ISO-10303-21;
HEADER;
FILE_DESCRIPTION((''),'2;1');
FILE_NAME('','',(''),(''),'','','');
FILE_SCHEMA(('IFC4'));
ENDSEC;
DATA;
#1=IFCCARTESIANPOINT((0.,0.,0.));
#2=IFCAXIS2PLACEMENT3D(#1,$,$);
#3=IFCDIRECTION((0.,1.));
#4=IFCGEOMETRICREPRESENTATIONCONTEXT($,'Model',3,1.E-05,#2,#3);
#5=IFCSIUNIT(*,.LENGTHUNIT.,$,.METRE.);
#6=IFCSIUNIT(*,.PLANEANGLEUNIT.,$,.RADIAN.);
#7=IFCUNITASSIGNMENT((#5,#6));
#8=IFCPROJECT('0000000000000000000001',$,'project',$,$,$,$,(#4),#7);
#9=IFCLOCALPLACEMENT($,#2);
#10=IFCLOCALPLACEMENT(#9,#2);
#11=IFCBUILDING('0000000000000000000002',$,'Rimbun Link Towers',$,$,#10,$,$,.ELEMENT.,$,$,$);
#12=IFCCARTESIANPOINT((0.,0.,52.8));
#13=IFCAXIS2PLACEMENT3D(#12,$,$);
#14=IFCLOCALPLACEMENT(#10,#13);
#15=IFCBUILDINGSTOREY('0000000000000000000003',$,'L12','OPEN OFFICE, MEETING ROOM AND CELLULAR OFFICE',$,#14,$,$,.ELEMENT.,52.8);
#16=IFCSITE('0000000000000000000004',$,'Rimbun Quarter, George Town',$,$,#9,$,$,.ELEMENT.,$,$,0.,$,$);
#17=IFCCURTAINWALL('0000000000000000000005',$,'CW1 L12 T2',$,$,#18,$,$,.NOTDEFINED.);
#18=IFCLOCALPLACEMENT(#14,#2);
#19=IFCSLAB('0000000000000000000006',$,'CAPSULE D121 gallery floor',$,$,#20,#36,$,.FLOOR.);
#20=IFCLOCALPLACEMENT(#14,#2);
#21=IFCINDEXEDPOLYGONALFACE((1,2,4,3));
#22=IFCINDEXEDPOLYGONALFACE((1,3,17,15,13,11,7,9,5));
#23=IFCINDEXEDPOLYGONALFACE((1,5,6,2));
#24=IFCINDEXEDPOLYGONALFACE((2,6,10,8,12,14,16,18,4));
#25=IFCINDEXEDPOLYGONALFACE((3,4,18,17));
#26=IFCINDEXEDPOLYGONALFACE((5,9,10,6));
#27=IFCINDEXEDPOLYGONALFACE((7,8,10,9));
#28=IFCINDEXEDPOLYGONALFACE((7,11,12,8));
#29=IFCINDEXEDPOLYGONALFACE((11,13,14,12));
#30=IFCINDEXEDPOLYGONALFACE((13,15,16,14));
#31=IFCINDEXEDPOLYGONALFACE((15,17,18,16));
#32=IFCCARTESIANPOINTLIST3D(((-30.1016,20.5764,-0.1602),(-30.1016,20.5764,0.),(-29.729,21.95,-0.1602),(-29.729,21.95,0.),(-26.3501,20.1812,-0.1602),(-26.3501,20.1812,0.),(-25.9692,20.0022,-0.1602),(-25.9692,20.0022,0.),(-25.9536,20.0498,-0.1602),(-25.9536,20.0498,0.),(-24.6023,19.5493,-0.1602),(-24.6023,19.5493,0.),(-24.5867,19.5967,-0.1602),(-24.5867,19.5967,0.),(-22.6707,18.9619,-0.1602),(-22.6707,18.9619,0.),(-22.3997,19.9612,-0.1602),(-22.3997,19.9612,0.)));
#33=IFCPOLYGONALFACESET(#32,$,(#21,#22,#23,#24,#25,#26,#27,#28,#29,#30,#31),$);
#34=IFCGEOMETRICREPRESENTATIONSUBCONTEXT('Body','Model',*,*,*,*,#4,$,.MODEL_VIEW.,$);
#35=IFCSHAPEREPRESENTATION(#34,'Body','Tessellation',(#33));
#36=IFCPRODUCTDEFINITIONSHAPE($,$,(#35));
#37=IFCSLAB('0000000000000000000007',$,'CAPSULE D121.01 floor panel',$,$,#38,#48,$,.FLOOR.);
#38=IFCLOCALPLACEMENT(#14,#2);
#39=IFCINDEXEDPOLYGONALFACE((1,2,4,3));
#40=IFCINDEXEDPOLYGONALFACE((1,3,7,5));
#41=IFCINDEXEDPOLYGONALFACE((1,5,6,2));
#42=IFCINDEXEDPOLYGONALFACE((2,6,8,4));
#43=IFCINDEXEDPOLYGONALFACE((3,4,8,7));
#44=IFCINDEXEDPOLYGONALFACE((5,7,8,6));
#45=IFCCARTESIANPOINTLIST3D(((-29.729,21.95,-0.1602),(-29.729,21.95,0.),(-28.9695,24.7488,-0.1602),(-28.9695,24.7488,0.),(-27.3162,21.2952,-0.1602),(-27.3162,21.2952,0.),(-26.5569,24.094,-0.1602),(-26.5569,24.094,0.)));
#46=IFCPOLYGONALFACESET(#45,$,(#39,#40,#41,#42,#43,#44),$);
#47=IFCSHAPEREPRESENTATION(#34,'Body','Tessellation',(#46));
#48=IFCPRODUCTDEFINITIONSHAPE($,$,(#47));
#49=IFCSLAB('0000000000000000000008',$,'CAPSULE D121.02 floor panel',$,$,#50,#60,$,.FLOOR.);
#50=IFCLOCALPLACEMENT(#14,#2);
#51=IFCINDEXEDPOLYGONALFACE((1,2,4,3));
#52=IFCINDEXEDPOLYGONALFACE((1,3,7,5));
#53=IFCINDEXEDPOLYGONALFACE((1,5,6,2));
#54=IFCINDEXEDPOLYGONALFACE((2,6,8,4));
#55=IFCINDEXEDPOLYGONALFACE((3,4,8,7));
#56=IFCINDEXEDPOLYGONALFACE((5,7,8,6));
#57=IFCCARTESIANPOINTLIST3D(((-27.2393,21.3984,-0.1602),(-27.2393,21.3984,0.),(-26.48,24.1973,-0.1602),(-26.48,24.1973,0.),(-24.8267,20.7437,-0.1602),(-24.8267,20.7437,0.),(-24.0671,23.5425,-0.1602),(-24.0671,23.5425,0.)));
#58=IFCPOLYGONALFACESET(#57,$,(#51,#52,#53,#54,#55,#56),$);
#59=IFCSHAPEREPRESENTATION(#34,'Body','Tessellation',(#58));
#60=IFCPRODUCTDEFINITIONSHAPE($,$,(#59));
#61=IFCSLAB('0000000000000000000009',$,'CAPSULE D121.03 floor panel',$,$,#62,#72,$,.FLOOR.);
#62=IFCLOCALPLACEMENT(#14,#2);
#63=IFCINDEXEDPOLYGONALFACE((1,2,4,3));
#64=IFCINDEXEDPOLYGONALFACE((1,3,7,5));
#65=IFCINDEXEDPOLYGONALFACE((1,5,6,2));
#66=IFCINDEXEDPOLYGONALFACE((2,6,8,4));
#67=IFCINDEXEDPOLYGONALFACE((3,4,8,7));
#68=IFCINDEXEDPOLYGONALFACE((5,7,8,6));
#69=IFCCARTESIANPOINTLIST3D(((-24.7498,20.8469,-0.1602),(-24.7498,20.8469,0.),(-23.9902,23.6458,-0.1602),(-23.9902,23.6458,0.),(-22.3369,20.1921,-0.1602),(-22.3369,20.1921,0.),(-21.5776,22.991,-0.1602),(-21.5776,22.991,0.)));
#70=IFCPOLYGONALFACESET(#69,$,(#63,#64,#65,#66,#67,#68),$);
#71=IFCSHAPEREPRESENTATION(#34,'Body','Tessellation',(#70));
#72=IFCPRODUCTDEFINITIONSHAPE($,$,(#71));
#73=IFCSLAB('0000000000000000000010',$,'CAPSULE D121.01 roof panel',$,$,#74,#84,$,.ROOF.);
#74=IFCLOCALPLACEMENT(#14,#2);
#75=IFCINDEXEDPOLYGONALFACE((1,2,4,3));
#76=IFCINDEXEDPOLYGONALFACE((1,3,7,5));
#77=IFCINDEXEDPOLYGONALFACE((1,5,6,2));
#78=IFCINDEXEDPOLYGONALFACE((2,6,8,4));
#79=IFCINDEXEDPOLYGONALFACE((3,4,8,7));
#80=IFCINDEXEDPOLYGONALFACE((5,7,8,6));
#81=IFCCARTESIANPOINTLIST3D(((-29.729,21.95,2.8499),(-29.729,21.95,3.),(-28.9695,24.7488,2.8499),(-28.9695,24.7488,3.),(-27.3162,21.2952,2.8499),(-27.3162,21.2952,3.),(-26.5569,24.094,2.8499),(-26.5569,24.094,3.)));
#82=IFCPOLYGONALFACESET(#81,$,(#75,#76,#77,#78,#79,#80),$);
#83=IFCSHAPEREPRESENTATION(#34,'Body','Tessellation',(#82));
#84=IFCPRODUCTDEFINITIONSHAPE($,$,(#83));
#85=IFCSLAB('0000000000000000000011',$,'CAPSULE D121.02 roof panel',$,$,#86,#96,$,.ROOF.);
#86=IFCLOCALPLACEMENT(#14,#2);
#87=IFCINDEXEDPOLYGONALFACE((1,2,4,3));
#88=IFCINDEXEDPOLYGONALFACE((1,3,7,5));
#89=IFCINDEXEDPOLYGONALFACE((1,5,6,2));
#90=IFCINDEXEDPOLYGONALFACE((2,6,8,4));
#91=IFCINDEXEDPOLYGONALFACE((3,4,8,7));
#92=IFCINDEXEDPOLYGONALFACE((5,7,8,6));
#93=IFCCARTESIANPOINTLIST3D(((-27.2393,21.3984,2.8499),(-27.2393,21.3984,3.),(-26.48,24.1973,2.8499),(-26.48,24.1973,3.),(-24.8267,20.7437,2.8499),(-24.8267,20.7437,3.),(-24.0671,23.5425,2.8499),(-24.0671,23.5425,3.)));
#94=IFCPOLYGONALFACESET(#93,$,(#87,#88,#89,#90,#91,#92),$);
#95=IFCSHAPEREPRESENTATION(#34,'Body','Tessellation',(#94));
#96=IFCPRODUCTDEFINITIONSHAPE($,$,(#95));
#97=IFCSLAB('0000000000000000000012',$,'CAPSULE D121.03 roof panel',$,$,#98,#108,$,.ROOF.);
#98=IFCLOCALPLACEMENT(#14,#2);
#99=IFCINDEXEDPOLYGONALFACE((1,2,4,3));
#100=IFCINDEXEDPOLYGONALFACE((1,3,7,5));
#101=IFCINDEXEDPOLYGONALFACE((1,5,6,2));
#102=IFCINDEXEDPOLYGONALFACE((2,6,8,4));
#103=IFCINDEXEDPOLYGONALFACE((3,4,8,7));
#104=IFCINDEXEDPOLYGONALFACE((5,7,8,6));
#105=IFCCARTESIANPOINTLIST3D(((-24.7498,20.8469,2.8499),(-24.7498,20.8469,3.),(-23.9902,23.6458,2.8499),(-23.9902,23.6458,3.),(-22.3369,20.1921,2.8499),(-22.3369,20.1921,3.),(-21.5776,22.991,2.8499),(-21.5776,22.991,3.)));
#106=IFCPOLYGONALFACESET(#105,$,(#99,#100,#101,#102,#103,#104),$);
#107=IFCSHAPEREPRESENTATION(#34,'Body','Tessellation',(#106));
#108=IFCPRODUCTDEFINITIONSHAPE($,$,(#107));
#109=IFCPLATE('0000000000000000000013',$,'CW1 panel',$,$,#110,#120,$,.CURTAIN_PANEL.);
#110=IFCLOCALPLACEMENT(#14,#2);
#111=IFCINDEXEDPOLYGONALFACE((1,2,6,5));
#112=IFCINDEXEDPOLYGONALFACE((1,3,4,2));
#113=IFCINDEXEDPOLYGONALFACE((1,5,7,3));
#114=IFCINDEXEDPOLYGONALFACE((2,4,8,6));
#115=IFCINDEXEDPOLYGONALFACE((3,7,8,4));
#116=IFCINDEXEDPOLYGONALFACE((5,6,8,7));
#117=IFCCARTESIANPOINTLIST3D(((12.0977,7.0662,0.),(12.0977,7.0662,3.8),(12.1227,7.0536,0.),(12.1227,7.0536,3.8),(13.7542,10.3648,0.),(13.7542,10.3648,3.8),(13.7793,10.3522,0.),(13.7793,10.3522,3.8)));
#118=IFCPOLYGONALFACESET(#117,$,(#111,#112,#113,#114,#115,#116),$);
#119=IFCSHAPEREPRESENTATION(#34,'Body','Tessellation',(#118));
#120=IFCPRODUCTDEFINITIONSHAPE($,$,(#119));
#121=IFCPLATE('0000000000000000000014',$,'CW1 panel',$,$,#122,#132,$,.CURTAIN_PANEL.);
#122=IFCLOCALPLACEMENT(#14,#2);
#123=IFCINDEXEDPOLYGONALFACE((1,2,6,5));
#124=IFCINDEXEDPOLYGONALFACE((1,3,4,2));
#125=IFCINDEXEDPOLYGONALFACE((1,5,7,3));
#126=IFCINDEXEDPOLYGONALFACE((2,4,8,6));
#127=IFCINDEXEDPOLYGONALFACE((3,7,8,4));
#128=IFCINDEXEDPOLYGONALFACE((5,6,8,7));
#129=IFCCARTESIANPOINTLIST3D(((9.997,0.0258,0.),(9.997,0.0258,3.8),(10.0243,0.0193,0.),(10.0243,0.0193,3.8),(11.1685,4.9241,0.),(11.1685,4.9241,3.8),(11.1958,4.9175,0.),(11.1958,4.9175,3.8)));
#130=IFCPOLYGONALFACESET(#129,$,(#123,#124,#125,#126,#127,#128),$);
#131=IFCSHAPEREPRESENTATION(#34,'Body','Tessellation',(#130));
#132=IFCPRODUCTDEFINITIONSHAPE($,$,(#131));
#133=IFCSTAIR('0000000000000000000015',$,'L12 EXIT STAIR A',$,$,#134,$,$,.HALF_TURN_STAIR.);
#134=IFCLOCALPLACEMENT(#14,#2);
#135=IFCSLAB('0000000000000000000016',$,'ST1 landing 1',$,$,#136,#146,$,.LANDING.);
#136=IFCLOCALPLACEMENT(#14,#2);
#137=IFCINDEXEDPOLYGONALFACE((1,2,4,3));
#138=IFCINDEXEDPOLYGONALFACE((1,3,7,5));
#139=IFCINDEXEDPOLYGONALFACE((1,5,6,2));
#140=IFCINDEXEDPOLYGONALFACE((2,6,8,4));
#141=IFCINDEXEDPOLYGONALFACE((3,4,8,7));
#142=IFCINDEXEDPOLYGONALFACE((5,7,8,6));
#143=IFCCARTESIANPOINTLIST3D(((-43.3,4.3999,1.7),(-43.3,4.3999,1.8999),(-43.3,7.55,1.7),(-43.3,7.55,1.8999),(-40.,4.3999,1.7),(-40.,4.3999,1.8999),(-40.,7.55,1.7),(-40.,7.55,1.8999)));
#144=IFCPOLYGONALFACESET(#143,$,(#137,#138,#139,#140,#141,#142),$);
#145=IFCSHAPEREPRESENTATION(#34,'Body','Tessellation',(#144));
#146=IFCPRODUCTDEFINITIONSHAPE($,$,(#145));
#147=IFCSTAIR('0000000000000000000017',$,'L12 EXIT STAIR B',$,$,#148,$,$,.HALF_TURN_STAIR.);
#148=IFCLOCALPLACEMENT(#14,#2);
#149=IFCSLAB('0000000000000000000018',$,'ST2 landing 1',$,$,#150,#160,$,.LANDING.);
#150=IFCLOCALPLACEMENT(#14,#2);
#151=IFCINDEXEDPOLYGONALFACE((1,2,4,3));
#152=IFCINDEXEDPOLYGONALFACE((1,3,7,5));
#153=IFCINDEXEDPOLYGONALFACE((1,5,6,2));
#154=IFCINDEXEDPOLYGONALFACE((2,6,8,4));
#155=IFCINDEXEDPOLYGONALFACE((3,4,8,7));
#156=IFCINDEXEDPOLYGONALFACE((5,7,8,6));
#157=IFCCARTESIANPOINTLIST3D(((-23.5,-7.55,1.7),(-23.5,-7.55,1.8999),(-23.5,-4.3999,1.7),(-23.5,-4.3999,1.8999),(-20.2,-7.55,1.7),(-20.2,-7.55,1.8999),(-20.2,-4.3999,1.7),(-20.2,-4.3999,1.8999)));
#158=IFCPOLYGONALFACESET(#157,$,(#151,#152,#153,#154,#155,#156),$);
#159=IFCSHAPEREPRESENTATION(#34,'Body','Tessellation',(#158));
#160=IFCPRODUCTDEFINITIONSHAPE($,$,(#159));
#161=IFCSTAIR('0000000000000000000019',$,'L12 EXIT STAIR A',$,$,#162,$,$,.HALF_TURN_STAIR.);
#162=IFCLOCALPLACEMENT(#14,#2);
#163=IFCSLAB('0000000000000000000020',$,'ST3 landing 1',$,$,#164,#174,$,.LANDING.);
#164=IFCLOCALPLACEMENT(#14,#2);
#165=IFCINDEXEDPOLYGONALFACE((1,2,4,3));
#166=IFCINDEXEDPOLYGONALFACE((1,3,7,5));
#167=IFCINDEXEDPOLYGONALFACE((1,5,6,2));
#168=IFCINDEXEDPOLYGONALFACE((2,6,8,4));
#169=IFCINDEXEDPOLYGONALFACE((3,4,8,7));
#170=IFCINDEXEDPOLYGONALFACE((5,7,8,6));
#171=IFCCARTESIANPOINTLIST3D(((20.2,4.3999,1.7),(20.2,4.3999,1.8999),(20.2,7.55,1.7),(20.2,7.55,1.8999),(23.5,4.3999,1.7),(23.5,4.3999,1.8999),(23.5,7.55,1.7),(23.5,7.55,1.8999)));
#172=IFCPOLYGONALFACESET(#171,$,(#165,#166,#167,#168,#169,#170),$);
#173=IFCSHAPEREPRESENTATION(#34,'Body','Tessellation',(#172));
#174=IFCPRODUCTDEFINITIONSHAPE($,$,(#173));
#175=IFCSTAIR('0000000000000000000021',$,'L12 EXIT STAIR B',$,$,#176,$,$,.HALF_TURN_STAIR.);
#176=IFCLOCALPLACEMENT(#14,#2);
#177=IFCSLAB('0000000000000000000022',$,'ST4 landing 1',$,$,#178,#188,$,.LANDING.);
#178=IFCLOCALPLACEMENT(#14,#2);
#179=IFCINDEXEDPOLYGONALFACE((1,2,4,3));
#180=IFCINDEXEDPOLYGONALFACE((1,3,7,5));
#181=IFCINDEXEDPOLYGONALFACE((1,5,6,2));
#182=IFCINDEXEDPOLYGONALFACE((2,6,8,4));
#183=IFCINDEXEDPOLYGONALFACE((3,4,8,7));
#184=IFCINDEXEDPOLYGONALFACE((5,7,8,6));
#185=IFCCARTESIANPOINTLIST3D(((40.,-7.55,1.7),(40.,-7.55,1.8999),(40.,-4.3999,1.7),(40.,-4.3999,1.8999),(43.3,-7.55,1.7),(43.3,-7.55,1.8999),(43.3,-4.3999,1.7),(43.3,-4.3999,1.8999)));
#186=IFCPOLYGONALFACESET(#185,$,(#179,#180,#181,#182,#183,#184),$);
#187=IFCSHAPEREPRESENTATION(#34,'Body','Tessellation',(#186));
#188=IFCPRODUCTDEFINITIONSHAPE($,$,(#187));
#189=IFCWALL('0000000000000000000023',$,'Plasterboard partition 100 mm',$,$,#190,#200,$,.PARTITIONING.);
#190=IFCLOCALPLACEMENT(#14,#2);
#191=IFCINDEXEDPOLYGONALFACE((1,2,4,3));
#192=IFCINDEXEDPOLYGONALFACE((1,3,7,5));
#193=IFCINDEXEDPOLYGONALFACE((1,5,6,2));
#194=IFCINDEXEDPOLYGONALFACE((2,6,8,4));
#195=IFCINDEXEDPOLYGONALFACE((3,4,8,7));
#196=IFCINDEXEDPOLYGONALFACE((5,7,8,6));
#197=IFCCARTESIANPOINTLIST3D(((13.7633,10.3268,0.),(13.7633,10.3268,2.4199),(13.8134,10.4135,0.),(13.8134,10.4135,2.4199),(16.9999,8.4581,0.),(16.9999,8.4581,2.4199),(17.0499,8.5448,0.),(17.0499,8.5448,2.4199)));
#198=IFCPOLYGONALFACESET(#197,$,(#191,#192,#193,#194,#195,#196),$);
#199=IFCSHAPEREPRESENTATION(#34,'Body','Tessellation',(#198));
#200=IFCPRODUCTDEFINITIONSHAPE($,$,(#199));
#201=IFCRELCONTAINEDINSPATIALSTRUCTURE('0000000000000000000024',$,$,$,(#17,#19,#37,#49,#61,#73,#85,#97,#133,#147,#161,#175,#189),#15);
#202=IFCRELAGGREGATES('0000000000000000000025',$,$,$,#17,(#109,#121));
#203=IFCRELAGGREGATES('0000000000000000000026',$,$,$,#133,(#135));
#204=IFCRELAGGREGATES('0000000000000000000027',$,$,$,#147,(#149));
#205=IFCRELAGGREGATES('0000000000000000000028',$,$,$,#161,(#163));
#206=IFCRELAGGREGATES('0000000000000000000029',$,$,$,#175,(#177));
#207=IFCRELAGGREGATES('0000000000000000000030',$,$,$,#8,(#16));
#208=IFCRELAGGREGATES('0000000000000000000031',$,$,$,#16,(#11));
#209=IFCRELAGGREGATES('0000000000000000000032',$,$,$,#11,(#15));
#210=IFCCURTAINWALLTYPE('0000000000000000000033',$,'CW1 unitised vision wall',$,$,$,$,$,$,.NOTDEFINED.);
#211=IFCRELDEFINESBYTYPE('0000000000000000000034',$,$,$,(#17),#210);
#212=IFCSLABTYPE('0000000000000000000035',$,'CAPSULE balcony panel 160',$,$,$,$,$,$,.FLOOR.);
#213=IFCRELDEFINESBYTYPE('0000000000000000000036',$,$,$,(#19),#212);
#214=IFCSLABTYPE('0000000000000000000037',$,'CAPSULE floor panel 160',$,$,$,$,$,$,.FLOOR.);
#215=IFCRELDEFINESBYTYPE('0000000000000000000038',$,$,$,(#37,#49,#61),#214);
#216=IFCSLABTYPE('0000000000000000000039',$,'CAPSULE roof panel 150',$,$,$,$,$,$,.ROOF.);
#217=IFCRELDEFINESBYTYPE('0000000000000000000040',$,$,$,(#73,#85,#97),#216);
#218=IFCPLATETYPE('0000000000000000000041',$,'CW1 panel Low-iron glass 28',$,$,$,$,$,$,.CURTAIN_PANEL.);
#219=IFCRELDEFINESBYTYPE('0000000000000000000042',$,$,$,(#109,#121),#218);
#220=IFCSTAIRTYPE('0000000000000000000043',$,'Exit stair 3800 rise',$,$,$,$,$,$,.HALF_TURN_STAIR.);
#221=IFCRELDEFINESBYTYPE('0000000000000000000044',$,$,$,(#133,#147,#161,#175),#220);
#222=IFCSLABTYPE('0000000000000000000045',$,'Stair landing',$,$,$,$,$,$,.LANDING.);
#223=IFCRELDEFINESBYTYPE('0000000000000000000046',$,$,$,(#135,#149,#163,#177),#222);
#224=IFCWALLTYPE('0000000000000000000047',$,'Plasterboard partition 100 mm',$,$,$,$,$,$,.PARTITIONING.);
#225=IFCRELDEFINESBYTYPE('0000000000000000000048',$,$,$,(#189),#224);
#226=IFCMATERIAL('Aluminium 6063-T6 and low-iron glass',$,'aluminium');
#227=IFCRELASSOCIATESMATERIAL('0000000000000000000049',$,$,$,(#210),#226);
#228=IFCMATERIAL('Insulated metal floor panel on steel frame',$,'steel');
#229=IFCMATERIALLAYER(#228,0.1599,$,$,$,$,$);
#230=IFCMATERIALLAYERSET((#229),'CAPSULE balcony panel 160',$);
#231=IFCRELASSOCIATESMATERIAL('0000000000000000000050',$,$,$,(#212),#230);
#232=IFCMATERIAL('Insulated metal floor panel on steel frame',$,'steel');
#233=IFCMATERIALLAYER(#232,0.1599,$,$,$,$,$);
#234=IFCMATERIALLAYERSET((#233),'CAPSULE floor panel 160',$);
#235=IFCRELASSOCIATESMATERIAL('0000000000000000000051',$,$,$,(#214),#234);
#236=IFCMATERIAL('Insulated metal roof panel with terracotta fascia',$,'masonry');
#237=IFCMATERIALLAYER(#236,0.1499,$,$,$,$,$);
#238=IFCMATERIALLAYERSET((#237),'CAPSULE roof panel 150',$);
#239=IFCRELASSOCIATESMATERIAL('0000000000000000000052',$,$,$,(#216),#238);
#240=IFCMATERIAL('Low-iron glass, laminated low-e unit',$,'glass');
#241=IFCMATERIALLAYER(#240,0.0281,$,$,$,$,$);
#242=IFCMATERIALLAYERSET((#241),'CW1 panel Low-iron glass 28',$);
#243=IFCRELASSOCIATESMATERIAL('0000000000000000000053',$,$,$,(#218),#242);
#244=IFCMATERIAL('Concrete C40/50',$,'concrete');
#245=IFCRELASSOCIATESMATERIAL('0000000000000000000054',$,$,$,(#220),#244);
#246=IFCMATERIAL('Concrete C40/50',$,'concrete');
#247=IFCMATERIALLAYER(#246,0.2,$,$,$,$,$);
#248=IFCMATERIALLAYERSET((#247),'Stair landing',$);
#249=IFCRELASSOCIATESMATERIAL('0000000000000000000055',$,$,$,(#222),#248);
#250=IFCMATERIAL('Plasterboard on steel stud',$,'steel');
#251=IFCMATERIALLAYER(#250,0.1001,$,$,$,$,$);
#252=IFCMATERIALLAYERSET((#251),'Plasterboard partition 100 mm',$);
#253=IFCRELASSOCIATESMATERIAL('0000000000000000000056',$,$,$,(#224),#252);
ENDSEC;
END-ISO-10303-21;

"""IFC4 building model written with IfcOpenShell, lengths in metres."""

from ifc_helpers import new_model, si_unit, direction, frame, frame_2d, origin, origin_2d, place, context, subcontext, project, spatial, polyline, rectangle, outline, extrude, material, layer, layer_set, type_object, element, aggregate, save


model = new_model("IFC4")

# Units and contexts
model_context = context("Model", 3, precision=1e-05, world=origin(), true_north=direction((0.0, 1.0)))
body_context = subcontext(model_context, "Body", "Model", "MODEL_VIEW")
ifc_project = project(units=[si_unit("LENGTHUNIT", "METRE"), si_unit("PLANEANGLEUNIT", "RADIAN")], contexts=[model_context])

# Site, building, storey
site_placement = place(None, origin())
site = spatial("IfcSite", under=ifc_project, at=site_placement, Name="Rimbun Quarter, George Town", CompositionType="ELEMENT", RefElevation=0.0)
building_placement = place(site_placement, origin())
building = spatial("IfcBuilding", under=site, at=building_placement, Name="Rimbun Link Towers", CompositionType="ELEMENT")
storey_placement = place(building_placement, frame((0.0, 0.0, 52.8)))
storey = spatial("IfcBuildingStorey", under=building, at=storey_placement, Name="L12", Description="OPEN OFFICE, MEETING ROOM AND CELLULAR OFFICE", CompositionType="ELEMENT", Elevation=52.8)

# Curtain wall
ifc_material_1 = material(Name="Aluminium 6063-T6 and low-iron glass", Category="aluminium")
curtain_wall_type = type_object("IfcCurtainWallType", Name="CW1 unitised vision wall", PredefinedType="NOTDEFINED", material=ifc_material_1)
curtain_wall_placement = place(storey_placement, origin())
curtain_wall = element("IfcCurtainWall", 1, at=curtain_wall_placement, inside=storey, type_object=curtain_wall_type, Name="CW1 L12 T2", PredefinedType="NOTDEFINED")

# Slabs
ifc_material_2 = material(Name="Insulated metal floor panel on steel frame", Category="steel")
ifc_layer_1 = layer(ifc_material_2, 0.1599)
ifc_layer_set_1 = layer_set([ifc_layer_1], Name="CAPSULE balcony panel 160")
slab_type_1 = type_object("IfcSlabType", Name="CAPSULE balcony panel 160", PredefinedType="FLOOR", material=ifc_layer_set_1)
slab_1_placement = place(storey_placement, frame((0.0, 0.0, -0.1602)))
element("IfcSlab", 2, at=slab_1_placement, inside=storey, type_object=slab_type_1, Name="CAPSULE D121 gallery floor", PredefinedType="FLOOR", context=body_context, shape_type="SweptSolid", body=[
    extrude(outline(polyline([(-25.9536, 20.0498), (-25.9692, 20.0022), (-24.6023, 19.5493), (-24.5867, 19.5967), (-22.6707, 18.9619), (-22.3997, 19.9612), (-29.729, 21.95), (-30.1016, 20.5764), (-26.3501, 20.1812), (-25.9536, 20.0498)])), origin(), (0.0, 0.0, 1.0), 0.1602),
])
ifc_material_3 = material(Name="Insulated metal floor panel on steel frame", Category="steel")
ifc_layer_2 = layer(ifc_material_3, 0.1599)
ifc_layer_set_2 = layer_set([ifc_layer_2], Name="CAPSULE floor panel 160")
slab_type_2 = type_object("IfcSlabType", Name="CAPSULE floor panel 160", PredefinedType="FLOOR", material=ifc_layer_set_2)
slab_2_placement = place(storey_placement, frame((0.0, 0.0, -0.1602)))
element("IfcSlab", 3, at=slab_2_placement, inside=storey, type_object=slab_type_2, Name="CAPSULE D121.01 floor panel", PredefinedType="FLOOR", context=body_context, shape_type="SweptSolid", body=[
    extrude(outline(polyline([(-26.5569, 24.094), (-28.9695, 24.7488), (-29.729, 21.95), (-27.3162, 21.2952), (-26.5569, 24.094)])), origin(), (0.0, 0.0, 1.0), 0.1602),
])
slab_3_placement = place(storey_placement, frame((0.0, 0.0, -0.1602)))
element("IfcSlab", 4, at=slab_3_placement, inside=storey, type_object=slab_type_2, Name="CAPSULE D121.02 floor panel", PredefinedType="FLOOR", context=body_context, shape_type="SweptSolid", body=[
    extrude(outline(polyline([(-24.0671, 23.5425), (-26.48, 24.1973), (-27.2393, 21.3984), (-24.8267, 20.7437), (-24.0671, 23.5425)])), origin(), (0.0, 0.0, 1.0), 0.1602),
])
slab_4_placement = place(storey_placement, frame((0.0, 0.0, -0.1602)))
element("IfcSlab", 5, at=slab_4_placement, inside=storey, type_object=slab_type_2, Name="CAPSULE D121.03 floor panel", PredefinedType="FLOOR", context=body_context, shape_type="SweptSolid", body=[
    extrude(outline(polyline([(-21.5776, 22.991), (-23.9902, 23.6458), (-24.7498, 20.8469), (-22.3369, 20.1921), (-21.5776, 22.991)])), origin(), (0.0, 0.0, 1.0), 0.1602),
])
ifc_material_4 = material(Name="Insulated metal roof panel with terracotta fascia", Category="masonry")
ifc_layer_3 = layer(ifc_material_4, 0.1499)
ifc_layer_set_3 = layer_set([ifc_layer_3], Name="CAPSULE roof panel 150")
slab_type_3 = type_object("IfcSlabType", Name="CAPSULE roof panel 150", PredefinedType="ROOF", material=ifc_layer_set_3)
slab_5_placement = place(storey_placement, frame((0.0, 0.0, 2.8499)))
element("IfcSlab", 6, at=slab_5_placement, inside=storey, type_object=slab_type_3, Name="CAPSULE D121.01 roof panel", PredefinedType="ROOF", context=body_context, shape_type="SweptSolid", body=[
    extrude(outline(polyline([(-26.5569, 24.094), (-28.9695, 24.7488), (-29.729, 21.95), (-27.3162, 21.2952), (-26.5569, 24.094)])), origin(), (0.0, 0.0, 1.0), 0.1501),
])
slab_6_placement = place(storey_placement, frame((0.0, 0.0, 2.8499)))
element("IfcSlab", 7, at=slab_6_placement, inside=storey, type_object=slab_type_3, Name="CAPSULE D121.02 roof panel", PredefinedType="ROOF", context=body_context, shape_type="SweptSolid", body=[
    extrude(outline(polyline([(-24.0671, 23.5425), (-26.48, 24.1973), (-27.2393, 21.3984), (-24.8267, 20.7437), (-24.0671, 23.5425)])), origin(), (0.0, 0.0, 1.0), 0.1501),
])
slab_7_placement = place(storey_placement, frame((0.0, 0.0, 2.8499)))
element("IfcSlab", 8, at=slab_7_placement, inside=storey, type_object=slab_type_3, Name="CAPSULE D121.03 roof panel", PredefinedType="ROOF", context=body_context, shape_type="SweptSolid", body=[
    extrude(outline(polyline([(-21.5776, 22.991), (-23.9902, 23.6458), (-24.7498, 20.8469), (-22.3369, 20.1921), (-21.5776, 22.991)])), origin(), (0.0, 0.0, 1.0), 0.1501),
])

# Plates
ifc_material_5 = material(Name="Low-iron glass, laminated low-e unit", Category="glass")
ifc_layer_4 = layer(ifc_material_5, 0.0281)
ifc_layer_set_4 = layer_set([ifc_layer_4], Name="CW1 panel Low-iron glass 28")
plate_type = type_object("IfcPlateType", Name="CW1 panel Low-iron glass 28", PredefinedType="CURTAIN_PANEL", material=ifc_layer_set_4)
plate_1_placement = place(storey_placement, frame((12.9385, 8.7092, 0.0), z_axis=(0.0, 0.0, 1.0), x_axis=(0.448789, 0.893638, 0.0)))
plate_1 = element("IfcPlate", 9, at=plate_1_placement, type_object=plate_type, Name="CW1 panel", PredefinedType="CURTAIN_PANEL", context=body_context, shape_type="SweptSolid", body=[
    extrude(rectangle(XDim=3.6912, YDim=0.0281, at=origin_2d()), origin(), (0.0, 0.0, 1.0), 3.8),
])
plate_2_placement = place(storey_placement, frame((10.5964, 2.4717, 0.0), z_axis=(0.0, 0.0, 1.0), x_axis=(0.232603, 0.972572, 0.0)))
plate_2 = element("IfcPlate", 10, at=plate_2_placement, type_object=plate_type, Name="CW1 panel", PredefinedType="CURTAIN_PANEL", context=body_context, shape_type="SweptSolid", body=[
    extrude(rectangle(XDim=5.0364, YDim=0.0281, at=origin_2d()), origin(), (0.0, 0.0, 1.0), 3.8),
])
aggregate(curtain_wall, [plate_1, plate_2])

# Stairs, slabs
ifc_material_6 = material(Name="Concrete C40/50", Category="concrete")
stair_type = type_object("IfcStairType", Name="Exit stair 3800 rise", PredefinedType="HALF_TURN_STAIR", material=ifc_material_6)
stair_1_placement = place(storey_placement, origin())
stair_1 = element("IfcStair", 11, at=stair_1_placement, inside=storey, type_object=stair_type, Name="L12 EXIT STAIR A", PredefinedType="HALF_TURN_STAIR")
ifc_material_7 = material(Name="Concrete C40/50", Category="concrete")
ifc_layer_5 = layer(ifc_material_7, 0.2)
ifc_layer_set_5 = layer_set([ifc_layer_5], Name="Stair landing")
slab_type_4 = type_object("IfcSlabType", Name="Stair landing", PredefinedType="LANDING", material=ifc_layer_set_5)
slab_8_placement = place(storey_placement, frame((0.0, 0.0, 1.7)))
slab_8 = element("IfcSlab", 12, at=slab_8_placement, type_object=slab_type_4, Name="ST1 landing 1", PredefinedType="LANDING", context=body_context, shape_type="SweptSolid", body=[
    extrude(outline(polyline([(-40.0, 7.55), (-43.3, 7.55), (-43.3, 4.3999), (-40.0, 4.3999), (-40.0, 7.55)])), origin(), (0.0, 0.0, 1.0), 0.2),
])
aggregate(stair_1, [slab_8])
stair_2_placement = place(storey_placement, origin())
stair_2 = element("IfcStair", 13, at=stair_2_placement, inside=storey, type_object=stair_type, Name="L12 EXIT STAIR B", PredefinedType="HALF_TURN_STAIR")
slab_9_placement = place(storey_placement, frame((0.0, 0.0, 1.7)))
slab_9 = element("IfcSlab", 14, at=slab_9_placement, type_object=slab_type_4, Name="ST2 landing 1", PredefinedType="LANDING", context=body_context, shape_type="SweptSolid", body=[
    extrude(outline(polyline([(-23.5, -7.55), (-20.2, -7.55), (-20.2, -4.3999), (-23.5, -4.3999), (-23.5, -7.55)])), origin(), (0.0, 0.0, 1.0), 0.2),
])
aggregate(stair_2, [slab_9])
stair_3_placement = place(storey_placement, origin())
stair_3 = element("IfcStair", 15, at=stair_3_placement, inside=storey, type_object=stair_type, Name="L12 EXIT STAIR A", PredefinedType="HALF_TURN_STAIR")
slab_10_placement = place(storey_placement, frame((0.0, 0.0, 1.7)))
slab_10 = element("IfcSlab", 16, at=slab_10_placement, type_object=slab_type_4, Name="ST3 landing 1", PredefinedType="LANDING", context=body_context, shape_type="SweptSolid", body=[
    extrude(outline(polyline([(23.5, 7.55), (20.2, 7.55), (20.2, 4.3999), (23.5, 4.3999), (23.5, 7.55)])), origin(), (0.0, 0.0, 1.0), 0.2),
])
aggregate(stair_3, [slab_10])
stair_4_placement = place(storey_placement, origin())
stair_4 = element("IfcStair", 17, at=stair_4_placement, inside=storey, type_object=stair_type, Name="L12 EXIT STAIR B", PredefinedType="HALF_TURN_STAIR")
slab_11_placement = place(storey_placement, frame((0.0, 0.0, 1.7)))
slab_11 = element("IfcSlab", 18, at=slab_11_placement, type_object=slab_type_4, Name="ST4 landing 1", PredefinedType="LANDING", context=body_context, shape_type="SweptSolid", body=[
    extrude(outline(polyline([(40.0, -7.55), (43.3, -7.55), (43.3, -4.3999), (40.0, -4.3999), (40.0, -7.55)])), origin(), (0.0, 0.0, 1.0), 0.2),
])
aggregate(stair_4, [slab_11])

# Wall
ifc_material_8 = material(Name="Plasterboard on steel stud", Category="steel")
ifc_layer_6 = layer(ifc_material_8, 0.1001)
ifc_layer_set_6 = layer_set([ifc_layer_6], Name="Plasterboard partition 100 mm")
wall_type = type_object("IfcWallType", Name="Plasterboard partition 100 mm", PredefinedType="PARTITIONING", material=ifc_layer_set_6)
wall_1_placement = place(storey_placement, frame((13.7883, 10.3701, 0.0), z_axis=(0.0, 0.0, 1.0), x_axis=(0.866023, -0.500003, 0.0)))
element("IfcWall", 19, at=wall_1_placement, inside=storey, type_object=wall_type, Name="Plasterboard partition 100 mm", PredefinedType="PARTITIONING", context=body_context, shape_type="SweptSolid", body=[
    extrude(rectangle(XDim=3.7373, YDim=0.1001, at=frame_2d((1.8687, 0.0))), origin(), (0.0, 0.0, 1.0), 2.4199),
])

save(model, "model.ifc")
